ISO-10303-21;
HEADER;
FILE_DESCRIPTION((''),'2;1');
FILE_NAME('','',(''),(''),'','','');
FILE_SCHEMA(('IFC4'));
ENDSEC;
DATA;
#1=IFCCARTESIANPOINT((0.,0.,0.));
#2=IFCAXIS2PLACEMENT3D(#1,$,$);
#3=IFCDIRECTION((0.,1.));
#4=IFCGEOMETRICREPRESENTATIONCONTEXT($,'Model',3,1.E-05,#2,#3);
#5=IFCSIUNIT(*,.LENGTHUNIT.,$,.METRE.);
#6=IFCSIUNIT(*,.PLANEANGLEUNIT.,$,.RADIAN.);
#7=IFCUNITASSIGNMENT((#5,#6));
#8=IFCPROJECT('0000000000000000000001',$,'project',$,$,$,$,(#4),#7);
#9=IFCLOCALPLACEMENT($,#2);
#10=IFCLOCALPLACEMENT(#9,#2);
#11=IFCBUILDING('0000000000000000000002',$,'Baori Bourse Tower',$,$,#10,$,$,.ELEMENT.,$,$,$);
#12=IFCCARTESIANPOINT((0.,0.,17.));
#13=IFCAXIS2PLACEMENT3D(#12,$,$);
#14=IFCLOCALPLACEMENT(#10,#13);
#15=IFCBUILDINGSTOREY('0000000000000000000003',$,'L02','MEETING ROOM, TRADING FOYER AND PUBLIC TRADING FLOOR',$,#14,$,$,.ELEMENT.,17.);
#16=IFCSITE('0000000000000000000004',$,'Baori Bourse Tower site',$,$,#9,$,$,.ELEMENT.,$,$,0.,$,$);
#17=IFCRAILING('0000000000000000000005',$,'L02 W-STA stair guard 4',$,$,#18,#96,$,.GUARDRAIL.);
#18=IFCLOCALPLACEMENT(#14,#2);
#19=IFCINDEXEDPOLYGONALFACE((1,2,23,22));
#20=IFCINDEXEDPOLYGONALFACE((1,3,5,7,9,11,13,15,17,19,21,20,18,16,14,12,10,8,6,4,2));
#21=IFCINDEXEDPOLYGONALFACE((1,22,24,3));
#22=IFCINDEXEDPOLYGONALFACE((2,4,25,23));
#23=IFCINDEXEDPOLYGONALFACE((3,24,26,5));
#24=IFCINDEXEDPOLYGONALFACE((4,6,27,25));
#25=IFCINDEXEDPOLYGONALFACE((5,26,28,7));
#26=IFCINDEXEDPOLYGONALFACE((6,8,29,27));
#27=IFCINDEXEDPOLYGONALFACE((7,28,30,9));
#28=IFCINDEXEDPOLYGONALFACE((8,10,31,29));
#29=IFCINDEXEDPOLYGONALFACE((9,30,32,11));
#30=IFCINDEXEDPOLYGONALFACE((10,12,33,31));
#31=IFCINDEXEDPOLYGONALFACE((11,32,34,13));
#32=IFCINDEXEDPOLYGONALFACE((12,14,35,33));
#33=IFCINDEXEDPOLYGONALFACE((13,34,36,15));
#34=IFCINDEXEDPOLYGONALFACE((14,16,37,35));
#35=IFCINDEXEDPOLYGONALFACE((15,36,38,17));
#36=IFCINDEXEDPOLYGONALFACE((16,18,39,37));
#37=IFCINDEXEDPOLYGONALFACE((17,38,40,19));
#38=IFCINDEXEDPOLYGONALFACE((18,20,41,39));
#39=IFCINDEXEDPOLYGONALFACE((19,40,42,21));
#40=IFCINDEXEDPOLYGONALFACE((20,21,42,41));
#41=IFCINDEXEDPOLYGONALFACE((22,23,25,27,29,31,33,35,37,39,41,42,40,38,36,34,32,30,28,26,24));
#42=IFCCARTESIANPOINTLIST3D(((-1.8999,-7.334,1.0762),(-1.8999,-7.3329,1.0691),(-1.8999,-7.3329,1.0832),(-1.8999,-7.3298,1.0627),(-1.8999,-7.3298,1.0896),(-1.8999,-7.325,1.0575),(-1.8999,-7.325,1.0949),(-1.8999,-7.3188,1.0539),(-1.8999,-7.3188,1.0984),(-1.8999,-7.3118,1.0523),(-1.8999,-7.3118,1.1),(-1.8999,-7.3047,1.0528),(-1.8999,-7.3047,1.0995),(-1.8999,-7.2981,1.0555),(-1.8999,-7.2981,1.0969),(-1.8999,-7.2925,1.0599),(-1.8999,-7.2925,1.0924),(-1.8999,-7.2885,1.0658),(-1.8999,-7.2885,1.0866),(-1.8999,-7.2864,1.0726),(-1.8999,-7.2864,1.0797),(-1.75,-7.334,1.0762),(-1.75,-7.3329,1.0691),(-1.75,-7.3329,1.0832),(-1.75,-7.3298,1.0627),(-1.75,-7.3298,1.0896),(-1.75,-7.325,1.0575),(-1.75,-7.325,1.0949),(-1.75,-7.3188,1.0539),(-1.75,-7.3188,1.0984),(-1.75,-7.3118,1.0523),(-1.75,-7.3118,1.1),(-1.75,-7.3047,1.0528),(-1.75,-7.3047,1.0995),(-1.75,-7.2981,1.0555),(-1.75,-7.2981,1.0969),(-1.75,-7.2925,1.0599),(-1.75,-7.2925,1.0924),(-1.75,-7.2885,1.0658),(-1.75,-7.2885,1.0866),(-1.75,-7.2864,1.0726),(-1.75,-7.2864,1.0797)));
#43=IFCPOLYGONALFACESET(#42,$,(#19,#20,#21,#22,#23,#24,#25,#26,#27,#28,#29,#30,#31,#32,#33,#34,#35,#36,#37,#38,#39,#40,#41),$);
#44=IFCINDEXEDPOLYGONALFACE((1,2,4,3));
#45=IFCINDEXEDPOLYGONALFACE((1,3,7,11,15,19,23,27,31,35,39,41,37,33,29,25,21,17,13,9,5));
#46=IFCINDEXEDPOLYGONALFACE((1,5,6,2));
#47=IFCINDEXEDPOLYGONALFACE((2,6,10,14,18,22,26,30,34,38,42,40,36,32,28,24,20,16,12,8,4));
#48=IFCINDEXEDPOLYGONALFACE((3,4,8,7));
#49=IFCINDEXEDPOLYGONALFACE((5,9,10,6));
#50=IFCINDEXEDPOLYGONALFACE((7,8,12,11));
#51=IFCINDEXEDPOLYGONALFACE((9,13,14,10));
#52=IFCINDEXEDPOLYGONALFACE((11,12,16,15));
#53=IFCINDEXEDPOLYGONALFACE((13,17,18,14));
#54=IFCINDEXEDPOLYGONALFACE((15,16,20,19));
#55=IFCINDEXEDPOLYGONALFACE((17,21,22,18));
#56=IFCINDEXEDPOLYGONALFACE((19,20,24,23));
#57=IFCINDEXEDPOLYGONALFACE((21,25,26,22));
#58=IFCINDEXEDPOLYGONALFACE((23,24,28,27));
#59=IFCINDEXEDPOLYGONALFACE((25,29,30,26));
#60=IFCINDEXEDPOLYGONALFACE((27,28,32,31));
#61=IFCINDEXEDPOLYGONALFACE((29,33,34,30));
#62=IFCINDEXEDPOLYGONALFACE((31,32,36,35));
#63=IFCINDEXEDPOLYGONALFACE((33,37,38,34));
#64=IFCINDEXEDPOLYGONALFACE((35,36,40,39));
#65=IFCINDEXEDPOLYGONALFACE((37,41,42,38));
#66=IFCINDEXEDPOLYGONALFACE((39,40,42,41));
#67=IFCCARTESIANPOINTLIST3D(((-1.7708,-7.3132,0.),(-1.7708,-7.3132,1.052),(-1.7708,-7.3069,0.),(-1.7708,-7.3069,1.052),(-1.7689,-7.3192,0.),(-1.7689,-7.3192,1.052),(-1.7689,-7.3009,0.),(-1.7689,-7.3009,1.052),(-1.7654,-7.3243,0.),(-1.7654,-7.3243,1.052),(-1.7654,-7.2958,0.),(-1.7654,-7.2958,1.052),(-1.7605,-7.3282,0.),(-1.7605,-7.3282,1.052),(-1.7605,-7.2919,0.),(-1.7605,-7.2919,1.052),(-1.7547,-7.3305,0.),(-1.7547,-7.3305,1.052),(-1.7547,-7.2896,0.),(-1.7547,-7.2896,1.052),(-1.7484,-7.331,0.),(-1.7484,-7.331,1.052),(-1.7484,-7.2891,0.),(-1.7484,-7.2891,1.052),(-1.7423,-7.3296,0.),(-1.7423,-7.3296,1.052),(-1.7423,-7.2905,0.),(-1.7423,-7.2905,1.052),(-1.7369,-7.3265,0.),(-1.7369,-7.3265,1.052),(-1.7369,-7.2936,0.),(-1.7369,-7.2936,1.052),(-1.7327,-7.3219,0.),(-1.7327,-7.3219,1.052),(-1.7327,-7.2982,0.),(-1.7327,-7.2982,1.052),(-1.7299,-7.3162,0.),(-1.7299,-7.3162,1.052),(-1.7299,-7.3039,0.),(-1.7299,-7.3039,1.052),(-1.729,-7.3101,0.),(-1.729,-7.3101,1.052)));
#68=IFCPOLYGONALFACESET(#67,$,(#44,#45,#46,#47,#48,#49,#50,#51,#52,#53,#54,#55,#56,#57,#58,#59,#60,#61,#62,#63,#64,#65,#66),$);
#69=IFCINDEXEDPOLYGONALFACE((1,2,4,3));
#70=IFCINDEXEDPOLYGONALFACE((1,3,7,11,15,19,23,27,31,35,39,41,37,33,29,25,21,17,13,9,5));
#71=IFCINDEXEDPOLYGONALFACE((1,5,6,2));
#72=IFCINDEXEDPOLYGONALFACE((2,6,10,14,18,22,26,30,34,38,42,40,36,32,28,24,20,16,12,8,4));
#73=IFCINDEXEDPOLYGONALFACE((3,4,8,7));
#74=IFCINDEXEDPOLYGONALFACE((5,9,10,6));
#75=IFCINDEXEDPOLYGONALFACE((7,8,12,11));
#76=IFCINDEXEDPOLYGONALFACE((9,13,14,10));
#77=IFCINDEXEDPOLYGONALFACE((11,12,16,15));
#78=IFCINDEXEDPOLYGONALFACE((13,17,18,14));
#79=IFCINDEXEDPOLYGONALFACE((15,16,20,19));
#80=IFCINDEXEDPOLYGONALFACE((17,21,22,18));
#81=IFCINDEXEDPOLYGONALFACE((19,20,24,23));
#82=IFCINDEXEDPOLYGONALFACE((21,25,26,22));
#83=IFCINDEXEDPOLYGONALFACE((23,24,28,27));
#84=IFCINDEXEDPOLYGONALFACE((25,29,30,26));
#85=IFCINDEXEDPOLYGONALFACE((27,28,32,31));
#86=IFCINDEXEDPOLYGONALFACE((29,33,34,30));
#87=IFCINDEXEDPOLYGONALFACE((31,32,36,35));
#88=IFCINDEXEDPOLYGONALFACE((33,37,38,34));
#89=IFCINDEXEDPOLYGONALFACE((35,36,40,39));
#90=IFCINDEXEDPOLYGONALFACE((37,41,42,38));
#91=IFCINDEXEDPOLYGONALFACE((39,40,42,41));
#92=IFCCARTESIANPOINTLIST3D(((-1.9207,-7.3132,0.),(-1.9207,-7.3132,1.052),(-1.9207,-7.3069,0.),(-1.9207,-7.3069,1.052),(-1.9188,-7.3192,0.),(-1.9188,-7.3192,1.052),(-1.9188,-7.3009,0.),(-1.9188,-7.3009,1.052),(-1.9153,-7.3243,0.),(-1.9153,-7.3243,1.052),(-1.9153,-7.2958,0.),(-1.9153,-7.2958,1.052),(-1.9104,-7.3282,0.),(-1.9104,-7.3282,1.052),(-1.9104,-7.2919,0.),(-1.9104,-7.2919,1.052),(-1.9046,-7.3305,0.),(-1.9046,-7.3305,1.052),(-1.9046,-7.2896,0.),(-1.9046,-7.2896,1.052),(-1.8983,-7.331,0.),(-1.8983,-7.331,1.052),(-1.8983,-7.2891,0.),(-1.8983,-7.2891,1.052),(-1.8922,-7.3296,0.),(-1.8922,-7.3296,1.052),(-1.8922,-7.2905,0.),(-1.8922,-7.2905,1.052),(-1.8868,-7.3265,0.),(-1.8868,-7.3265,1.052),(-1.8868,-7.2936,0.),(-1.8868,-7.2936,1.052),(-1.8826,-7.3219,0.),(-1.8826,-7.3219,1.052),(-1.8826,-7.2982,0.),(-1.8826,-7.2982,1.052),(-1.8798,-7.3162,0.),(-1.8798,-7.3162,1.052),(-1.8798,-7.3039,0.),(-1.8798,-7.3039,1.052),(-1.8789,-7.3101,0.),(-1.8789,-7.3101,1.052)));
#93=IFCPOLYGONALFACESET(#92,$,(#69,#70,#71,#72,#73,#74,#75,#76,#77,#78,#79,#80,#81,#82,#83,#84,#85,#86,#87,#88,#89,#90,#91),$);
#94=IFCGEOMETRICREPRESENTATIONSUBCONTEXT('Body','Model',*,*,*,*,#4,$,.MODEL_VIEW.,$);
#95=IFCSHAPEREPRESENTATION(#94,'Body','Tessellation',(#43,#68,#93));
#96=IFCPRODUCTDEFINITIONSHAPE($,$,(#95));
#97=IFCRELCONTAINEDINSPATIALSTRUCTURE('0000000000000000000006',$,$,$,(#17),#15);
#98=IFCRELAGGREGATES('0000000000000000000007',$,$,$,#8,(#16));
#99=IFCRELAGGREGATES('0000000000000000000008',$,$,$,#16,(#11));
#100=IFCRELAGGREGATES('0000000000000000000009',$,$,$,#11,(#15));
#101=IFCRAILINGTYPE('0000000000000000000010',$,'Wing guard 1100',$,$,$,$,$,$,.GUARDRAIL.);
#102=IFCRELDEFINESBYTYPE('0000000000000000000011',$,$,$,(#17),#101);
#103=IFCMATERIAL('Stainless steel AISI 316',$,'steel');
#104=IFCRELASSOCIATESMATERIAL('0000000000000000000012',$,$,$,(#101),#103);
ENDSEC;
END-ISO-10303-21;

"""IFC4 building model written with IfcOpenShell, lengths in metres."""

from ifc_helpers import new_model, si_unit, direction, frame, origin, origin_2d, place, context, subcontext, project, spatial, circle, extrude, material, type_object, element, save


model = new_model("IFC4")

# Units and contexts
model_context = context("Model", 3, precision=1e-05, world=origin(), true_north=direction((0.0, 1.0)))
body_context = subcontext(model_context, "Body", "Model", "MODEL_VIEW")
ifc_project = project(units=[si_unit("LENGTHUNIT", "METRE"), si_unit("PLANEANGLEUNIT", "RADIAN")], contexts=[model_context])

# Site, building, storey
site_placement = place(None, origin())
site = spatial("IfcSite", under=ifc_project, at=site_placement, Name="Baori Bourse Tower site", CompositionType="ELEMENT", RefElevation=0.0)
building_placement = place(site_placement, origin())
building = spatial("IfcBuilding", under=site, at=building_placement, Name="Baori Bourse Tower", CompositionType="ELEMENT")
storey_placement = place(building_placement, frame((0.0, 0.0, 17.0)))
storey = spatial("IfcBuildingStorey", under=building, at=storey_placement, Name="L02", Description="MEETING ROOM, TRADING FOYER AND PUBLIC TRADING FLOOR", CompositionType="ELEMENT", Elevation=17.0)

# Railing
ifc_material_1 = material(Name="Stainless steel AISI 316", Category="steel")
railing_type_1 = type_object("IfcRailingType", Name="Wing guard 1100", PredefinedType="GUARDRAIL", material=ifc_material_1)
railing_1_placement = place(storey_placement, frame((-1.75, -7.3101, 0.0)))
element("IfcRailing", 1, at=railing_1_placement, inside=storey, type_object=railing_type_1, Name="L02 W-STA stair guard 4", PredefinedType="GUARDRAIL", context=body_context, shape_type="SweptSolid", body=[
    extrude(circle(Radius=0.0239, at=origin_2d()), frame((0.0, 0.0, 1.0762), z_axis=(-1.0, 0.0, 0.0), x_axis=(0.0, -1.0, 0.0)), (0.0, 0.0, 1.0), 0.1499),
    extrude(circle(Radius=0.021, at=origin_2d()), origin(), (0.0, 0.0, 1.0), 1.052),
    extrude(circle(Radius=0.021, at=origin_2d()), frame((-0.1499, 0.0, 0.0)), (0.0, 0.0, 1.0), 1.052),
])

save(model, "model.ifc")
